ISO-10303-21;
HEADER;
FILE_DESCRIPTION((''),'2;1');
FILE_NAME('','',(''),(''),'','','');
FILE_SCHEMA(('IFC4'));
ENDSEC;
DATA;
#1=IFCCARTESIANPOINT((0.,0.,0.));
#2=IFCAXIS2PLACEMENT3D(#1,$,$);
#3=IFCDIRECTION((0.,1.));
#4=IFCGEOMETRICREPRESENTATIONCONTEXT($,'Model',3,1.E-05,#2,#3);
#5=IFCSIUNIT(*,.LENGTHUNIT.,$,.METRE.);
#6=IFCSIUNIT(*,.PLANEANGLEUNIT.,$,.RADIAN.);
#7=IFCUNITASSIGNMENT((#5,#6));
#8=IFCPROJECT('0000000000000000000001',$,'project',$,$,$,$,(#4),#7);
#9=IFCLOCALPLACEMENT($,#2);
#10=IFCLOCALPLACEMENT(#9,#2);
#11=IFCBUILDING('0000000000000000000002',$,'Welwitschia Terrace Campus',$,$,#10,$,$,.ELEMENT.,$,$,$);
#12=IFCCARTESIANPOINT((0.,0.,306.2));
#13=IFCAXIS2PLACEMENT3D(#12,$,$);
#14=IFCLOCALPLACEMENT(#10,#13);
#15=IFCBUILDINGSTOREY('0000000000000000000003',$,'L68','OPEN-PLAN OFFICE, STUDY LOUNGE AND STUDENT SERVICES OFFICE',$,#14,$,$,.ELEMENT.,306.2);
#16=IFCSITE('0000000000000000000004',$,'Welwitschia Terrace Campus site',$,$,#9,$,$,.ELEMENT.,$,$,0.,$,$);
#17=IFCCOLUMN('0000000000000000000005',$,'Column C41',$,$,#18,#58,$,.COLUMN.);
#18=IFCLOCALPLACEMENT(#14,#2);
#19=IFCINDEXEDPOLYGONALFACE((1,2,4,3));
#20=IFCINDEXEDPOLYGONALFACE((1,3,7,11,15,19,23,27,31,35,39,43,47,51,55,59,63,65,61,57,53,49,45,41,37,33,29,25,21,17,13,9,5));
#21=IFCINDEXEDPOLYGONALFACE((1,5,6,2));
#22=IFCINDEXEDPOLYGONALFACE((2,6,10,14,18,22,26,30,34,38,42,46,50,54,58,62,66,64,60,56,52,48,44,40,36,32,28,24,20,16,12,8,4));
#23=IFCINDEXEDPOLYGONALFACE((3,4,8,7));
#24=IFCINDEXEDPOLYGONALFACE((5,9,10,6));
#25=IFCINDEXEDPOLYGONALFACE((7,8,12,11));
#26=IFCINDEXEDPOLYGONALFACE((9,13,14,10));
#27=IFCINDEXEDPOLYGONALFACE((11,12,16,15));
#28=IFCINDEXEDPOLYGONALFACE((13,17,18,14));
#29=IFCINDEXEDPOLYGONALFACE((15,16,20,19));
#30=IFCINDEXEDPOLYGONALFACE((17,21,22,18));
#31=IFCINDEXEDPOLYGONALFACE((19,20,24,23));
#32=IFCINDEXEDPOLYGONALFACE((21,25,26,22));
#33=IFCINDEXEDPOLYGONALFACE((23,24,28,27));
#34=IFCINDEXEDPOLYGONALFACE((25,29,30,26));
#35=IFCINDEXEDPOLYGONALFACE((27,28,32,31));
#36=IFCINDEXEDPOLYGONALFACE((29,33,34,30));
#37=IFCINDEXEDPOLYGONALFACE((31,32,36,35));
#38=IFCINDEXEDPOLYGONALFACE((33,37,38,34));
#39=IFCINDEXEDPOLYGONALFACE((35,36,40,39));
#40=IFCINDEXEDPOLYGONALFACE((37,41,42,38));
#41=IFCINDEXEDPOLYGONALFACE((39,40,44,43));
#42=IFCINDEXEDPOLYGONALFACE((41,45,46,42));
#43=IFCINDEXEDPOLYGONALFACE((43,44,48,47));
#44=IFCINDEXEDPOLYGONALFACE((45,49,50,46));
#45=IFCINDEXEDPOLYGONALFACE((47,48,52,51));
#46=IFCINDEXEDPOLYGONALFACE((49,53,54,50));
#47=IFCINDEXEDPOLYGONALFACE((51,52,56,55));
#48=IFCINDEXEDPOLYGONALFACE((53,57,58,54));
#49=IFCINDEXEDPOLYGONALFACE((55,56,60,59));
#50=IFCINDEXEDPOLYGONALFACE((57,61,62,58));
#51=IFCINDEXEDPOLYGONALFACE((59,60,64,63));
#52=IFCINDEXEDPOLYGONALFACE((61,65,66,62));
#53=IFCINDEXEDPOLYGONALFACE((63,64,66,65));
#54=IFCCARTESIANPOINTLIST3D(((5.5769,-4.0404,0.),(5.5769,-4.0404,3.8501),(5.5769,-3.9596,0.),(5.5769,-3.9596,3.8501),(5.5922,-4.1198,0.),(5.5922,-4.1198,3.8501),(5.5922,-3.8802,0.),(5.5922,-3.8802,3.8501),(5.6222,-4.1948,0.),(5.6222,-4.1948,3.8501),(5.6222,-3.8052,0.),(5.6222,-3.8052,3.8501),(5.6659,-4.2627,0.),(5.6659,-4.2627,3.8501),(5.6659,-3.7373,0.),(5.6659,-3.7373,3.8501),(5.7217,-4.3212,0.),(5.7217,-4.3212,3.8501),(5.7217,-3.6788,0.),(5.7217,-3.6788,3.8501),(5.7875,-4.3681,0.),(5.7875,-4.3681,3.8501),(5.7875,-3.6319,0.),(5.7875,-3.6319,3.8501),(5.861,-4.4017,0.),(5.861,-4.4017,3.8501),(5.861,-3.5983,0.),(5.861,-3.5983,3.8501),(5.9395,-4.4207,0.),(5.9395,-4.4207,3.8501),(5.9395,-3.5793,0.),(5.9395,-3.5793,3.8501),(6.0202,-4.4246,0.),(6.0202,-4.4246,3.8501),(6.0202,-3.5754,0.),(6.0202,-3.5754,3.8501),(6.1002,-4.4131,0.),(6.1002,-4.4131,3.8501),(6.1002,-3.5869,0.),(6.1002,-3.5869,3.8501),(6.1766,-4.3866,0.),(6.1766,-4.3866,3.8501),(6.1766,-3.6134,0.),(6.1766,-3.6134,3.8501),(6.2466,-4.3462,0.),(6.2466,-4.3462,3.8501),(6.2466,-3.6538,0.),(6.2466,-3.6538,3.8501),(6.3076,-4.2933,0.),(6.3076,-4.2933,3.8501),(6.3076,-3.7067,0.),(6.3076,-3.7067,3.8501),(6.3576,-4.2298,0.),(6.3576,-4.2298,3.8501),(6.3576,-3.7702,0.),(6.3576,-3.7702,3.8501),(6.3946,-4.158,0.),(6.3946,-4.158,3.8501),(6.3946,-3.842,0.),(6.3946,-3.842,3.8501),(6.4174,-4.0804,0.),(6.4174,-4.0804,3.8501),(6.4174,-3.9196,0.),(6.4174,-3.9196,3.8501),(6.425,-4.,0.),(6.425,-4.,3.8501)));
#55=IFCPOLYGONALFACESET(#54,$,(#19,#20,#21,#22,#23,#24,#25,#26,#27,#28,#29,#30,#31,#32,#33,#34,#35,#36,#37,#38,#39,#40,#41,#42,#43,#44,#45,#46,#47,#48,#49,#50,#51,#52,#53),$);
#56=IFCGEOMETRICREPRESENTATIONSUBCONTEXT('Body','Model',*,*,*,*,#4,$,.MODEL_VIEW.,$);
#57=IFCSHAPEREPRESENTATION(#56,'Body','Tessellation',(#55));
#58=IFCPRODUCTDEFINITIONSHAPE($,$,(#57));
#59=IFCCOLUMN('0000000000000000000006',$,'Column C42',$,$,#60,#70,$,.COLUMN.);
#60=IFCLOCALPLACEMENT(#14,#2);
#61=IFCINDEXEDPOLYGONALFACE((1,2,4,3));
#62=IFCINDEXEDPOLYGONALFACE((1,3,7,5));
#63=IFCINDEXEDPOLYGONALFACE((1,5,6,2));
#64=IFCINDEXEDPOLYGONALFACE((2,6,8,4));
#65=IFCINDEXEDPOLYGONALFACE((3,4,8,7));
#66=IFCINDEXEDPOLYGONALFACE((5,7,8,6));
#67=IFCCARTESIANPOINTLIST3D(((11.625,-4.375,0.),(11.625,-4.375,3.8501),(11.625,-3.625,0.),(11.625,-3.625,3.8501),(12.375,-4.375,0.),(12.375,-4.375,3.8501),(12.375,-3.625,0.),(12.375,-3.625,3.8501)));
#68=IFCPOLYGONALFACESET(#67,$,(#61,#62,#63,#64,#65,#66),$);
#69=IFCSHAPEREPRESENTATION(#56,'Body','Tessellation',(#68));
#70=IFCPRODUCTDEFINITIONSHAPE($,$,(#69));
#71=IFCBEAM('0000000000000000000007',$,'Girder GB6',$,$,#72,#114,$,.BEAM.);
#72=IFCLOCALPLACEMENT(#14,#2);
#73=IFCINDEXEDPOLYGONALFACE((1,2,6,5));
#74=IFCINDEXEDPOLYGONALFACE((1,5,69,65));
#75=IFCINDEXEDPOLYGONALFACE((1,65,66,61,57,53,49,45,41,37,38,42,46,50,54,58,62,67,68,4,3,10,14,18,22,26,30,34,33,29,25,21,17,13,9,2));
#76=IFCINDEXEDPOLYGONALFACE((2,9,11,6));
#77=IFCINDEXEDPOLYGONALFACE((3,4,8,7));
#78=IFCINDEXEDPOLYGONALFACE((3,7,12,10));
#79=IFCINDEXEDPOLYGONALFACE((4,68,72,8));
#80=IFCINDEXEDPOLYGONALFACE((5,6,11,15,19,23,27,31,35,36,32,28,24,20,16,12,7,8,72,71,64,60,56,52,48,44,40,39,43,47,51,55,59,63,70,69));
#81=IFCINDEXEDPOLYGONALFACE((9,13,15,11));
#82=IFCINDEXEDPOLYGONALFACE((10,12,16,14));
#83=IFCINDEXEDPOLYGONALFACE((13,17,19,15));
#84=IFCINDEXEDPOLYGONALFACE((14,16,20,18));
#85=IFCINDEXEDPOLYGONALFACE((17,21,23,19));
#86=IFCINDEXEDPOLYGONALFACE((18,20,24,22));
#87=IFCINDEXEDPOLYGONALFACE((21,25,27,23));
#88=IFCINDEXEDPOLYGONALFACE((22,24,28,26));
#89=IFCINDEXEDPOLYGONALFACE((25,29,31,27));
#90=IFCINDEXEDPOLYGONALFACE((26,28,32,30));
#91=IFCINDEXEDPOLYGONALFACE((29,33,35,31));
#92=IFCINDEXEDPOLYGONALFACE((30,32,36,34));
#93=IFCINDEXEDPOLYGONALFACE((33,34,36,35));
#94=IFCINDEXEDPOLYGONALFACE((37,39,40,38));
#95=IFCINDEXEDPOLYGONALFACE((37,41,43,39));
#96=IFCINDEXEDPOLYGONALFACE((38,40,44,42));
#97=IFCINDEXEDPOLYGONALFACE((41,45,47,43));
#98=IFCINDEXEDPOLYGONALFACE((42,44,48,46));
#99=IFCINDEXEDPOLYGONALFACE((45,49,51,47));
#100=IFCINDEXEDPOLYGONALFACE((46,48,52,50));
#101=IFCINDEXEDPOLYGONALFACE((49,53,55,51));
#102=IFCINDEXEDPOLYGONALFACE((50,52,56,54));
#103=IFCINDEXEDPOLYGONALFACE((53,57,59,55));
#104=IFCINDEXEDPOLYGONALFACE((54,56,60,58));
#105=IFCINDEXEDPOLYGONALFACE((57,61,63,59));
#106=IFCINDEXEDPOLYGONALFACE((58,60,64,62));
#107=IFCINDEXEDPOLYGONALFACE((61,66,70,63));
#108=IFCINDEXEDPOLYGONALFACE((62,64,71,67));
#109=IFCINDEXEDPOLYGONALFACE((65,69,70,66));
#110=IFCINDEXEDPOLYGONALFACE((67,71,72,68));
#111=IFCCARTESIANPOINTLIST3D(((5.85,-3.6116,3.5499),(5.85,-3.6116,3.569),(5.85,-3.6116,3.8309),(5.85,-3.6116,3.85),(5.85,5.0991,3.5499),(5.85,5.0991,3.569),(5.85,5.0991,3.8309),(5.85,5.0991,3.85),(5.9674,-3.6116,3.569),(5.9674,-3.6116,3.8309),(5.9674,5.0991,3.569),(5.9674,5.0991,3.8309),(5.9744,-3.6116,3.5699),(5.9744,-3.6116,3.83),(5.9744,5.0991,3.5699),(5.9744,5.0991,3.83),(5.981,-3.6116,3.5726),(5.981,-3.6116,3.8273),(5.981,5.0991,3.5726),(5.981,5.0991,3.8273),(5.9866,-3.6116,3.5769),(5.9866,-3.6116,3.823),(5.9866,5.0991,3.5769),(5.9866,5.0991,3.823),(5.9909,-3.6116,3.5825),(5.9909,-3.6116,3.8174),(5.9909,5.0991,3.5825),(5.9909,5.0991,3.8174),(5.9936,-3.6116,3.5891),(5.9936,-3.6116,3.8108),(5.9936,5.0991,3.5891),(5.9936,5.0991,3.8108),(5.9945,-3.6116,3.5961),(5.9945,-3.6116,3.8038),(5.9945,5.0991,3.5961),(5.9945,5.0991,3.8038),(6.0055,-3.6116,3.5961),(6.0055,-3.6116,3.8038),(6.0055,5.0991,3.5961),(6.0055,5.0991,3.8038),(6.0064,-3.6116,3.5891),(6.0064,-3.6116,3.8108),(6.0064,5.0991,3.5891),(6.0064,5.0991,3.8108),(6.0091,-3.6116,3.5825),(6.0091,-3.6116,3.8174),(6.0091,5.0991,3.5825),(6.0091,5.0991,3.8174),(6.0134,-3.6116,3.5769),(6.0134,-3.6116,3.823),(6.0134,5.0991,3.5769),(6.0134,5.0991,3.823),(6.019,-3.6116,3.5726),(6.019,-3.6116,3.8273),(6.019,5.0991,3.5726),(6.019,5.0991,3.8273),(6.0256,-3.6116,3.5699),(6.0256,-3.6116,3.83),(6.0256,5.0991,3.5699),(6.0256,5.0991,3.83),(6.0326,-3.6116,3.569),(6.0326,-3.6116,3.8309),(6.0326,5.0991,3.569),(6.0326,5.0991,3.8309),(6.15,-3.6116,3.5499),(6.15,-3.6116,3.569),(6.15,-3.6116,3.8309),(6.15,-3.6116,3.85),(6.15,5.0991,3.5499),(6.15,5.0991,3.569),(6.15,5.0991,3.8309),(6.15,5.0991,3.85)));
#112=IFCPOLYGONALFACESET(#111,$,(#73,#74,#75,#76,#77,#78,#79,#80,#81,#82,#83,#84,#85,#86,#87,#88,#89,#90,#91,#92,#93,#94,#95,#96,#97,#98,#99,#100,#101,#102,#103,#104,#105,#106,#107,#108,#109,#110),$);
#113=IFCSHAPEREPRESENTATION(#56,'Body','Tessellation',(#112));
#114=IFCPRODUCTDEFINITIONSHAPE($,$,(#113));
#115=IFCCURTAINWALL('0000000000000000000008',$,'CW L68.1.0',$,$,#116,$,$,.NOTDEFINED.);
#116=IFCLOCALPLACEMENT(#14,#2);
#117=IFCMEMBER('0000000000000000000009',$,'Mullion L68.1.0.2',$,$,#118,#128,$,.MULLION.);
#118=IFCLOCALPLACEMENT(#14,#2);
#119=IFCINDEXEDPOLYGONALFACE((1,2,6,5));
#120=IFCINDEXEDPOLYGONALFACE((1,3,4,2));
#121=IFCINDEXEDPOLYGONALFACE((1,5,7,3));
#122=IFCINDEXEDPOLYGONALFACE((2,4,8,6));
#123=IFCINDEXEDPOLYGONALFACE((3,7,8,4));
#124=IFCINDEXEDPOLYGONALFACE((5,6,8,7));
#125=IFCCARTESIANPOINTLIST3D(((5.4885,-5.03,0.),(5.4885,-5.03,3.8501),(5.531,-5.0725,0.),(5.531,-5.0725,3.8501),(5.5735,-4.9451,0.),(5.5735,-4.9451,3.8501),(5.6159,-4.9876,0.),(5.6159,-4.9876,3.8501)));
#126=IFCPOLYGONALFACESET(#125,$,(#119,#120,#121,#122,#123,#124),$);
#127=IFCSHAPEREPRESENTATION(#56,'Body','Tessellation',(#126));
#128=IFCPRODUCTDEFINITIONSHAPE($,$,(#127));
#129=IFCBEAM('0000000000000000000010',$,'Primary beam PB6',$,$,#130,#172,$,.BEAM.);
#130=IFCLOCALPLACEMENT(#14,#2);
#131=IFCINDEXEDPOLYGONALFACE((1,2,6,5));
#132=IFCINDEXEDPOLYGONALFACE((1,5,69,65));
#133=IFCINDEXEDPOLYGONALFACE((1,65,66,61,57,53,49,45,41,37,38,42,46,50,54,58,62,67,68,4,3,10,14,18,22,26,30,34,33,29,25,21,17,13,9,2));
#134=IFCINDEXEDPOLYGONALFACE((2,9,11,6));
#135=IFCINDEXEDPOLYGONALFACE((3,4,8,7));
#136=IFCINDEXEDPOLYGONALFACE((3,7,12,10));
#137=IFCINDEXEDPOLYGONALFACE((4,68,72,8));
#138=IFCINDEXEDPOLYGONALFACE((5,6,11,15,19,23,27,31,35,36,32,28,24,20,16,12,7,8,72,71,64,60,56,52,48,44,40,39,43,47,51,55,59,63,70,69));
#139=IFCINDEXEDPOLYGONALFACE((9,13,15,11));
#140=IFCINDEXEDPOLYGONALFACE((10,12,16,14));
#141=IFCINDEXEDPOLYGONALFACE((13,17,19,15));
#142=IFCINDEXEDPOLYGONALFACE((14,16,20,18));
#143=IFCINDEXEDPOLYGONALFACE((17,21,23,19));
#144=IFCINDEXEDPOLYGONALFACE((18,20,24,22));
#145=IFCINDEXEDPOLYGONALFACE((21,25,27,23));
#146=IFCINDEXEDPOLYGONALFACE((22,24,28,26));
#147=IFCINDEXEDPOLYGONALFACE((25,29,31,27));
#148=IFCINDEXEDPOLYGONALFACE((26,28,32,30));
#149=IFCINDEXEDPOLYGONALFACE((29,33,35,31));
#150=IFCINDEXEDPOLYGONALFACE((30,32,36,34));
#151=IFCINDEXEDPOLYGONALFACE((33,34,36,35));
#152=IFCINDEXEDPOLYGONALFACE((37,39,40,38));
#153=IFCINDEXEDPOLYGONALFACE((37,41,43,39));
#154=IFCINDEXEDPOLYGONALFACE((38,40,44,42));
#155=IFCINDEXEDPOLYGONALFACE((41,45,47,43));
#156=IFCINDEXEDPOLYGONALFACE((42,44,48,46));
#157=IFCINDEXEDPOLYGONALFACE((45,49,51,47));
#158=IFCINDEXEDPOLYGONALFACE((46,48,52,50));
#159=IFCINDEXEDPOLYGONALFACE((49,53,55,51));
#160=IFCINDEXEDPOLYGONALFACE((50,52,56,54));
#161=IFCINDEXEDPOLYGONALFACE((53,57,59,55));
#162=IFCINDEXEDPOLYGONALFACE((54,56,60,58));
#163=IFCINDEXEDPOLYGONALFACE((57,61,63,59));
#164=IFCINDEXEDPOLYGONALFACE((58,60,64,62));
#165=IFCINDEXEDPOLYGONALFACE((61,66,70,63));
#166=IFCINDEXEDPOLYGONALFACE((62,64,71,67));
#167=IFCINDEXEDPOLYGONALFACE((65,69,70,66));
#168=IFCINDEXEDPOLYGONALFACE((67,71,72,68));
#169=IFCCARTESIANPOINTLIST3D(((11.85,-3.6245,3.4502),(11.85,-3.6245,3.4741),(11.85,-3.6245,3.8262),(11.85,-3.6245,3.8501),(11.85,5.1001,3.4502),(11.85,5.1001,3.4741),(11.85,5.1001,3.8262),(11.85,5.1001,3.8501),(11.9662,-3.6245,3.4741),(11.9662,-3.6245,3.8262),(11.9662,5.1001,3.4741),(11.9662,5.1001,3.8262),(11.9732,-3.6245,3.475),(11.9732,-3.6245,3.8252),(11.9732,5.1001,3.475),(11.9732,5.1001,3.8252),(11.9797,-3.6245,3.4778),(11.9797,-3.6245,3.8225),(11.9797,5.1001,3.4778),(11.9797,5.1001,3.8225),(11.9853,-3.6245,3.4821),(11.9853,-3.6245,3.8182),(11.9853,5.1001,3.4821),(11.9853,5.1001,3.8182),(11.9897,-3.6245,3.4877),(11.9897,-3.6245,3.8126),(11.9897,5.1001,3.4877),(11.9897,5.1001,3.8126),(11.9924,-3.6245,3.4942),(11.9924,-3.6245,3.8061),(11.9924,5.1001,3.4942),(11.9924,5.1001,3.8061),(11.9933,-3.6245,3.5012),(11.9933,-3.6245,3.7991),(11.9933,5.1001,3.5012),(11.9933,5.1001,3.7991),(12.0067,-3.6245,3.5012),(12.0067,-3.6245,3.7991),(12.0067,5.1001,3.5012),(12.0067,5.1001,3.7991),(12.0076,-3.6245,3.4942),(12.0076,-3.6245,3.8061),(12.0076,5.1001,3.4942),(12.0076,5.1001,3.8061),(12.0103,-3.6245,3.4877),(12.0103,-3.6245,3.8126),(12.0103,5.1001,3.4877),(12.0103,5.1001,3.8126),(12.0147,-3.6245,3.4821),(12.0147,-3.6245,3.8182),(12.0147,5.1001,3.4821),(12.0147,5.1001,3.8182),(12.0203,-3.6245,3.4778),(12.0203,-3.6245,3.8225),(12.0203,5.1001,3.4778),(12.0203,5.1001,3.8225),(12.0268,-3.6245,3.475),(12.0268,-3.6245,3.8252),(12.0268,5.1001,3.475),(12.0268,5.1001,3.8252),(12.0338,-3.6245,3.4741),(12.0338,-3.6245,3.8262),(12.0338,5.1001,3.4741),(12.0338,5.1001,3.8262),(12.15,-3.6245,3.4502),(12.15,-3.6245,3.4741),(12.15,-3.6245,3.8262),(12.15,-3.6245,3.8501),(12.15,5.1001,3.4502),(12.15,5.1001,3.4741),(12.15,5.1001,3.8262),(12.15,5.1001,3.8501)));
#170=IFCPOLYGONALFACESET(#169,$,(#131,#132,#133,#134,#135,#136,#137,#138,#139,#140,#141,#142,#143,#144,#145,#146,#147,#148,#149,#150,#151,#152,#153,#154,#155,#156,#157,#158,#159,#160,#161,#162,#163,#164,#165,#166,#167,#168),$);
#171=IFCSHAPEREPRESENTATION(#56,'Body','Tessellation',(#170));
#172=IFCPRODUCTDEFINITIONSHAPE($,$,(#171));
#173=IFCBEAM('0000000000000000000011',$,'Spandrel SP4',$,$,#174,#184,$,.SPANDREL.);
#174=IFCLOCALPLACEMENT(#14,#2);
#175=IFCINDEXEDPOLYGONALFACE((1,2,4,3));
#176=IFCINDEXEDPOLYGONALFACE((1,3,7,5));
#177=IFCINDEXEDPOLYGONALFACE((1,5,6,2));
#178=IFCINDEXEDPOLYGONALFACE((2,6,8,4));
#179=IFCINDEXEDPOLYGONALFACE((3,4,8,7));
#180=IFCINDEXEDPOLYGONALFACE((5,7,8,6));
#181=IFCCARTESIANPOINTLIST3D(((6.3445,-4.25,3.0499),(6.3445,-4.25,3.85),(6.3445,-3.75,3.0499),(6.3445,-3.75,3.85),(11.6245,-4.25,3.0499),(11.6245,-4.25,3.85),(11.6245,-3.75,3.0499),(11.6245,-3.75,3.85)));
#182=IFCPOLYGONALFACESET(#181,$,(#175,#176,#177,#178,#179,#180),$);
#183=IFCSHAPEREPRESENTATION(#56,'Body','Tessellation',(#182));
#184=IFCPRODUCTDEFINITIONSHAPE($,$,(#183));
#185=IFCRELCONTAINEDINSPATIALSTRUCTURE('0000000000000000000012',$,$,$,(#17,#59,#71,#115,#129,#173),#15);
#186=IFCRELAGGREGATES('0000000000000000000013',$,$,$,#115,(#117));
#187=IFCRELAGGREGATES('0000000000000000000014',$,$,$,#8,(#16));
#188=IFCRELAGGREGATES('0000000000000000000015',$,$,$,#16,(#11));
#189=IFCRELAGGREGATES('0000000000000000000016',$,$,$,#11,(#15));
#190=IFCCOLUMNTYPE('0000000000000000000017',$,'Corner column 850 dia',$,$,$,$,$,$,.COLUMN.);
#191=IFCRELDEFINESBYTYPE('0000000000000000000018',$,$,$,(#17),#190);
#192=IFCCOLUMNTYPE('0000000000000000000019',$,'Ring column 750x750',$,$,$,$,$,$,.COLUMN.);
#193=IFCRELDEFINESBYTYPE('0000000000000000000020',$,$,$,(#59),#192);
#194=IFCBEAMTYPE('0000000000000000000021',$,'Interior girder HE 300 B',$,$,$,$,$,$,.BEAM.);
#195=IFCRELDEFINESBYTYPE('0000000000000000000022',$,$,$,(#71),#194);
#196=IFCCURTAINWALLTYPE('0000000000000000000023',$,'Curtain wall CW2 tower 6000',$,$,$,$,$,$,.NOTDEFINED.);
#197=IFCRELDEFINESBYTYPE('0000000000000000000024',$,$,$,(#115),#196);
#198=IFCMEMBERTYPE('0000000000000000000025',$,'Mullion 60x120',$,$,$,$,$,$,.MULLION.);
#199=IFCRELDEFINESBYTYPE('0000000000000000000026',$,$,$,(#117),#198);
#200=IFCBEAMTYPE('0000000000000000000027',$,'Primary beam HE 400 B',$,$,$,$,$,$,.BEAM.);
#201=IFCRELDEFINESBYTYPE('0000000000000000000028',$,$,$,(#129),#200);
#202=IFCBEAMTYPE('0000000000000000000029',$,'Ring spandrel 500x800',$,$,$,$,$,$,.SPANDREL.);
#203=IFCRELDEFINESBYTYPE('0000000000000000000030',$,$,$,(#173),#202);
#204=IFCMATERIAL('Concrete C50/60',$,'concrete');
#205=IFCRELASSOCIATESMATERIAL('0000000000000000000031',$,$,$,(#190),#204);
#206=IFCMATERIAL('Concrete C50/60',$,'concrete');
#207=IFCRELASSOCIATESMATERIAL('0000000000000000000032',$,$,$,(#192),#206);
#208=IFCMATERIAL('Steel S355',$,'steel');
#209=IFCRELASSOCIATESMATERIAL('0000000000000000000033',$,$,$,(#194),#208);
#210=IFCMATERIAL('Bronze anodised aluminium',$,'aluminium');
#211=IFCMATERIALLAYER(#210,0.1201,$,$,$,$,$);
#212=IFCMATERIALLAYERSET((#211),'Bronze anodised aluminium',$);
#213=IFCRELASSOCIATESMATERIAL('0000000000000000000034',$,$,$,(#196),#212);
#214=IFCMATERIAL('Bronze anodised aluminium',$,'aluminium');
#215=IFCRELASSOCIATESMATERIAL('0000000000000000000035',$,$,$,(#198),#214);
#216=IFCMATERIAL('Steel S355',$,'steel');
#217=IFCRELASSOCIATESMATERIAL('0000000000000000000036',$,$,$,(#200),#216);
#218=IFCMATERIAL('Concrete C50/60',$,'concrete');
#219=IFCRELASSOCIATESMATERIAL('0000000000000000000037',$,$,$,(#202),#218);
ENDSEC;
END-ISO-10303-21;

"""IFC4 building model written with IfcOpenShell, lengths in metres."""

from ifc_helpers import new_model, si_unit, direction, frame, origin, origin_2d, place, context, subcontext, project, spatial, rectangle, circle, i_section, extrude, material, layer, layer_set, material_profile, profile_set, type_object, element, aggregate, save


model = new_model("IFC4")

# Units and contexts
model_context = context("Model", 3, precision=1e-05, world=origin(), true_north=direction((0.0, 1.0)))
body_context = subcontext(model_context, "Body", "Model", "MODEL_VIEW")
ifc_project = project(units=[si_unit("LENGTHUNIT", "METRE"), si_unit("PLANEANGLEUNIT", "RADIAN")], contexts=[model_context])

# Site, building, storey
site_placement = place(None, origin())
site = spatial("IfcSite", under=ifc_project, at=site_placement, Name="Welwitschia Terrace Campus site", CompositionType="ELEMENT", RefElevation=0.0)
building_placement = place(site_placement, origin())
building = spatial("IfcBuilding", under=site, at=building_placement, Name="Welwitschia Terrace Campus", CompositionType="ELEMENT")
storey_placement = place(building_placement, frame((0.0, 0.0, 306.2)))
storey = spatial("IfcBuildingStorey", under=building, at=storey_placement, Name="L68", Description="OPEN-PLAN OFFICE, STUDY LOUNGE AND STUDENT SERVICES OFFICE", CompositionType="ELEMENT", Elevation=306.2)

# Columns
ifc_material_1 = material(Name="Concrete C50/60", Category="concrete")
ifc_material_profile_1 = material_profile(ifc_material_1, circle(Radius=0.425, at=origin_2d()))
ifc_profile_set_1 = profile_set([ifc_material_profile_1], Name="Concrete C50/60")
column_type_1 = type_object("IfcColumnType", Name="Corner column 850 dia", PredefinedType="COLUMN", material=ifc_profile_set_1)
column_1_placement = place(storey_placement, frame((6.0, -4.0, 0.0), z_axis=(0.0, 0.0, 1.0), x_axis=(1.0, 0.0, 0.0)))
element("IfcColumn", 1, at=column_1_placement, inside=storey, type_object=column_type_1, Name="Column C41", PredefinedType="COLUMN", context=body_context, shape_type="SweptSolid", body=[
    extrude(circle(Radius=0.425, at=origin_2d()), origin(), (0.0, 0.0, 1.0), 3.8501),
])
ifc_material_2 = material(Name="Concrete C50/60", Category="concrete")
ifc_material_profile_2 = material_profile(ifc_material_2, rectangle(XDim=0.75, YDim=0.75, at=origin_2d()))
ifc_profile_set_2 = profile_set([ifc_material_profile_2], Name="Concrete C50/60")
column_type_2 = type_object("IfcColumnType", Name="Ring column 750x750", PredefinedType="COLUMN", material=ifc_profile_set_2)
column_2_placement = place(storey_placement, frame((12.0, -4.0, 0.0), z_axis=(0.0, 0.0, 1.0), x_axis=(1.0, 0.0, 0.0)))
element("IfcColumn", 2, at=column_2_placement, inside=storey, type_object=column_type_2, Name="Column C42", PredefinedType="COLUMN", context=body_context, shape_type="SweptSolid", body=[
    extrude(rectangle(XDim=0.75, YDim=0.75, at=origin_2d()), origin(), (0.0, 0.0, 1.0), 3.8501),
])

# Beam
ifc_material_3 = material(Name="Steel S355", Category="steel")
ifc_material_profile_3 = material_profile(ifc_material_3, i_section(OverallWidth=0.3, OverallDepth=0.3, WebThickness=0.011, FlangeThickness=0.019, FilletRadius=0.0271, at=origin_2d()))
ifc_profile_set_3 = profile_set([ifc_material_profile_3], Name="Steel S355")
beam_type_1 = type_object("IfcBeamType", Name="Interior girder HE 300 B", PredefinedType="BEAM", material=ifc_profile_set_3)
beam_1_placement = place(storey_placement, frame((6.0, -3.6116, 3.7), z_axis=(0.0, 1.0, 0.0), x_axis=(-1.0, 0.0, 0.0)))
element("IfcBeam", 3, at=beam_1_placement, inside=storey, type_object=beam_type_1, Name="Girder GB6", PredefinedType="BEAM", context=body_context, shape_type="SweptSolid", body=[
    extrude(i_section(OverallWidth=0.3, OverallDepth=0.3, WebThickness=0.011, FlangeThickness=0.019, FilletRadius=0.0271, at=origin_2d()), origin(), (0.0, 0.0, 1.0), 8.7107),
])

# Curtain wall, member
ifc_material_4 = material(Name="Bronze anodised aluminium", Category="aluminium")
ifc_layer_1 = layer(ifc_material_4, 0.1201)
ifc_layer_set_1 = layer_set([ifc_layer_1], Name="Bronze anodised aluminium")
curtain_wall_type = type_object("IfcCurtainWallType", Name="Curtain wall CW2 tower 6000", PredefinedType="NOTDEFINED", material=ifc_layer_set_1)
curtain_wall_placement = place(storey_placement, origin())
curtain_wall = element("IfcCurtainWall", 4, at=curtain_wall_placement, inside=storey, type_object=curtain_wall_type, Name="CW L68.1.0", PredefinedType="NOTDEFINED")
ifc_material_5 = material(Name="Bronze anodised aluminium", Category="aluminium")
ifc_material_profile_4 = material_profile(ifc_material_5, rectangle(XDim=0.1201, YDim=0.0601, at=origin_2d()))
ifc_profile_set_4 = profile_set([ifc_material_profile_4], Name="Bronze anodised aluminium")
member_type = type_object("IfcMemberType", Name="Mullion 60x120", PredefinedType="MULLION", material=ifc_profile_set_4)
member_placement = place(storey_placement, frame((5.5522, -5.0088, 0.0), z_axis=(0.0, 0.0, 1.0), x_axis=(0.707107, 0.707107, 0.0)))
member = element("IfcMember", 5, at=member_placement, type_object=member_type, Name="Mullion L68.1.0.2", PredefinedType="MULLION", context=body_context, shape_type="SweptSolid", body=[
    extrude(rectangle(XDim=0.1201, YDim=0.0601, at=origin_2d()), origin(), (0.0, 0.0, 1.0), 3.8501),
])

# Beams
ifc_material_6 = material(Name="Steel S355", Category="steel")
ifc_material_profile_5 = material_profile(ifc_material_6, i_section(OverallWidth=0.3, OverallDepth=0.3999, WebThickness=0.0134, FlangeThickness=0.0239, FilletRadius=0.0271, at=origin_2d()))
ifc_profile_set_5 = profile_set([ifc_material_profile_5], Name="Steel S355")
beam_type_2 = type_object("IfcBeamType", Name="Primary beam HE 400 B", PredefinedType="BEAM", material=ifc_profile_set_5)
beam_2_placement = place(storey_placement, frame((12.0, -3.6245, 3.6501), z_axis=(0.0, 1.0, 0.0), x_axis=(-1.0, 0.0, 0.0)))
element("IfcBeam", 6, at=beam_2_placement, inside=storey, type_object=beam_type_2, Name="Primary beam PB6", PredefinedType="BEAM", context=body_context, shape_type="SweptSolid", body=[
    extrude(i_section(OverallWidth=0.3, OverallDepth=0.3999, WebThickness=0.0134, FlangeThickness=0.0239, FilletRadius=0.0271, at=origin_2d()), origin(), (0.0, 0.0, 1.0), 8.7246),
])
ifc_material_7 = material(Name="Concrete C50/60", Category="concrete")
ifc_material_profile_6 = material_profile(ifc_material_7, rectangle(XDim=0.5, YDim=0.8, at=origin_2d()))
ifc_profile_set_6 = profile_set([ifc_material_profile_6], Name="Concrete C50/60")
beam_type_3 = type_object("IfcBeamType", Name="Ring spandrel 500x800", PredefinedType="SPANDREL", material=ifc_profile_set_6)
beam_3_placement = place(storey_placement, frame((6.3445, -4.0, 3.45), z_axis=(1.0, 0.0, 0.0), x_axis=(0.0, 1.0, 0.0)))
element("IfcBeam", 7, at=beam_3_placement, inside=storey, type_object=beam_type_3, Name="Spandrel SP4", PredefinedType="SPANDREL", context=body_context, shape_type="SweptSolid", body=[
    extrude(rectangle(XDim=0.5, YDim=0.8, at=origin_2d()), origin(), (0.0, 0.0, 1.0), 5.28),
])

aggregate(curtain_wall, [member])

save(model, "model.ifc")
